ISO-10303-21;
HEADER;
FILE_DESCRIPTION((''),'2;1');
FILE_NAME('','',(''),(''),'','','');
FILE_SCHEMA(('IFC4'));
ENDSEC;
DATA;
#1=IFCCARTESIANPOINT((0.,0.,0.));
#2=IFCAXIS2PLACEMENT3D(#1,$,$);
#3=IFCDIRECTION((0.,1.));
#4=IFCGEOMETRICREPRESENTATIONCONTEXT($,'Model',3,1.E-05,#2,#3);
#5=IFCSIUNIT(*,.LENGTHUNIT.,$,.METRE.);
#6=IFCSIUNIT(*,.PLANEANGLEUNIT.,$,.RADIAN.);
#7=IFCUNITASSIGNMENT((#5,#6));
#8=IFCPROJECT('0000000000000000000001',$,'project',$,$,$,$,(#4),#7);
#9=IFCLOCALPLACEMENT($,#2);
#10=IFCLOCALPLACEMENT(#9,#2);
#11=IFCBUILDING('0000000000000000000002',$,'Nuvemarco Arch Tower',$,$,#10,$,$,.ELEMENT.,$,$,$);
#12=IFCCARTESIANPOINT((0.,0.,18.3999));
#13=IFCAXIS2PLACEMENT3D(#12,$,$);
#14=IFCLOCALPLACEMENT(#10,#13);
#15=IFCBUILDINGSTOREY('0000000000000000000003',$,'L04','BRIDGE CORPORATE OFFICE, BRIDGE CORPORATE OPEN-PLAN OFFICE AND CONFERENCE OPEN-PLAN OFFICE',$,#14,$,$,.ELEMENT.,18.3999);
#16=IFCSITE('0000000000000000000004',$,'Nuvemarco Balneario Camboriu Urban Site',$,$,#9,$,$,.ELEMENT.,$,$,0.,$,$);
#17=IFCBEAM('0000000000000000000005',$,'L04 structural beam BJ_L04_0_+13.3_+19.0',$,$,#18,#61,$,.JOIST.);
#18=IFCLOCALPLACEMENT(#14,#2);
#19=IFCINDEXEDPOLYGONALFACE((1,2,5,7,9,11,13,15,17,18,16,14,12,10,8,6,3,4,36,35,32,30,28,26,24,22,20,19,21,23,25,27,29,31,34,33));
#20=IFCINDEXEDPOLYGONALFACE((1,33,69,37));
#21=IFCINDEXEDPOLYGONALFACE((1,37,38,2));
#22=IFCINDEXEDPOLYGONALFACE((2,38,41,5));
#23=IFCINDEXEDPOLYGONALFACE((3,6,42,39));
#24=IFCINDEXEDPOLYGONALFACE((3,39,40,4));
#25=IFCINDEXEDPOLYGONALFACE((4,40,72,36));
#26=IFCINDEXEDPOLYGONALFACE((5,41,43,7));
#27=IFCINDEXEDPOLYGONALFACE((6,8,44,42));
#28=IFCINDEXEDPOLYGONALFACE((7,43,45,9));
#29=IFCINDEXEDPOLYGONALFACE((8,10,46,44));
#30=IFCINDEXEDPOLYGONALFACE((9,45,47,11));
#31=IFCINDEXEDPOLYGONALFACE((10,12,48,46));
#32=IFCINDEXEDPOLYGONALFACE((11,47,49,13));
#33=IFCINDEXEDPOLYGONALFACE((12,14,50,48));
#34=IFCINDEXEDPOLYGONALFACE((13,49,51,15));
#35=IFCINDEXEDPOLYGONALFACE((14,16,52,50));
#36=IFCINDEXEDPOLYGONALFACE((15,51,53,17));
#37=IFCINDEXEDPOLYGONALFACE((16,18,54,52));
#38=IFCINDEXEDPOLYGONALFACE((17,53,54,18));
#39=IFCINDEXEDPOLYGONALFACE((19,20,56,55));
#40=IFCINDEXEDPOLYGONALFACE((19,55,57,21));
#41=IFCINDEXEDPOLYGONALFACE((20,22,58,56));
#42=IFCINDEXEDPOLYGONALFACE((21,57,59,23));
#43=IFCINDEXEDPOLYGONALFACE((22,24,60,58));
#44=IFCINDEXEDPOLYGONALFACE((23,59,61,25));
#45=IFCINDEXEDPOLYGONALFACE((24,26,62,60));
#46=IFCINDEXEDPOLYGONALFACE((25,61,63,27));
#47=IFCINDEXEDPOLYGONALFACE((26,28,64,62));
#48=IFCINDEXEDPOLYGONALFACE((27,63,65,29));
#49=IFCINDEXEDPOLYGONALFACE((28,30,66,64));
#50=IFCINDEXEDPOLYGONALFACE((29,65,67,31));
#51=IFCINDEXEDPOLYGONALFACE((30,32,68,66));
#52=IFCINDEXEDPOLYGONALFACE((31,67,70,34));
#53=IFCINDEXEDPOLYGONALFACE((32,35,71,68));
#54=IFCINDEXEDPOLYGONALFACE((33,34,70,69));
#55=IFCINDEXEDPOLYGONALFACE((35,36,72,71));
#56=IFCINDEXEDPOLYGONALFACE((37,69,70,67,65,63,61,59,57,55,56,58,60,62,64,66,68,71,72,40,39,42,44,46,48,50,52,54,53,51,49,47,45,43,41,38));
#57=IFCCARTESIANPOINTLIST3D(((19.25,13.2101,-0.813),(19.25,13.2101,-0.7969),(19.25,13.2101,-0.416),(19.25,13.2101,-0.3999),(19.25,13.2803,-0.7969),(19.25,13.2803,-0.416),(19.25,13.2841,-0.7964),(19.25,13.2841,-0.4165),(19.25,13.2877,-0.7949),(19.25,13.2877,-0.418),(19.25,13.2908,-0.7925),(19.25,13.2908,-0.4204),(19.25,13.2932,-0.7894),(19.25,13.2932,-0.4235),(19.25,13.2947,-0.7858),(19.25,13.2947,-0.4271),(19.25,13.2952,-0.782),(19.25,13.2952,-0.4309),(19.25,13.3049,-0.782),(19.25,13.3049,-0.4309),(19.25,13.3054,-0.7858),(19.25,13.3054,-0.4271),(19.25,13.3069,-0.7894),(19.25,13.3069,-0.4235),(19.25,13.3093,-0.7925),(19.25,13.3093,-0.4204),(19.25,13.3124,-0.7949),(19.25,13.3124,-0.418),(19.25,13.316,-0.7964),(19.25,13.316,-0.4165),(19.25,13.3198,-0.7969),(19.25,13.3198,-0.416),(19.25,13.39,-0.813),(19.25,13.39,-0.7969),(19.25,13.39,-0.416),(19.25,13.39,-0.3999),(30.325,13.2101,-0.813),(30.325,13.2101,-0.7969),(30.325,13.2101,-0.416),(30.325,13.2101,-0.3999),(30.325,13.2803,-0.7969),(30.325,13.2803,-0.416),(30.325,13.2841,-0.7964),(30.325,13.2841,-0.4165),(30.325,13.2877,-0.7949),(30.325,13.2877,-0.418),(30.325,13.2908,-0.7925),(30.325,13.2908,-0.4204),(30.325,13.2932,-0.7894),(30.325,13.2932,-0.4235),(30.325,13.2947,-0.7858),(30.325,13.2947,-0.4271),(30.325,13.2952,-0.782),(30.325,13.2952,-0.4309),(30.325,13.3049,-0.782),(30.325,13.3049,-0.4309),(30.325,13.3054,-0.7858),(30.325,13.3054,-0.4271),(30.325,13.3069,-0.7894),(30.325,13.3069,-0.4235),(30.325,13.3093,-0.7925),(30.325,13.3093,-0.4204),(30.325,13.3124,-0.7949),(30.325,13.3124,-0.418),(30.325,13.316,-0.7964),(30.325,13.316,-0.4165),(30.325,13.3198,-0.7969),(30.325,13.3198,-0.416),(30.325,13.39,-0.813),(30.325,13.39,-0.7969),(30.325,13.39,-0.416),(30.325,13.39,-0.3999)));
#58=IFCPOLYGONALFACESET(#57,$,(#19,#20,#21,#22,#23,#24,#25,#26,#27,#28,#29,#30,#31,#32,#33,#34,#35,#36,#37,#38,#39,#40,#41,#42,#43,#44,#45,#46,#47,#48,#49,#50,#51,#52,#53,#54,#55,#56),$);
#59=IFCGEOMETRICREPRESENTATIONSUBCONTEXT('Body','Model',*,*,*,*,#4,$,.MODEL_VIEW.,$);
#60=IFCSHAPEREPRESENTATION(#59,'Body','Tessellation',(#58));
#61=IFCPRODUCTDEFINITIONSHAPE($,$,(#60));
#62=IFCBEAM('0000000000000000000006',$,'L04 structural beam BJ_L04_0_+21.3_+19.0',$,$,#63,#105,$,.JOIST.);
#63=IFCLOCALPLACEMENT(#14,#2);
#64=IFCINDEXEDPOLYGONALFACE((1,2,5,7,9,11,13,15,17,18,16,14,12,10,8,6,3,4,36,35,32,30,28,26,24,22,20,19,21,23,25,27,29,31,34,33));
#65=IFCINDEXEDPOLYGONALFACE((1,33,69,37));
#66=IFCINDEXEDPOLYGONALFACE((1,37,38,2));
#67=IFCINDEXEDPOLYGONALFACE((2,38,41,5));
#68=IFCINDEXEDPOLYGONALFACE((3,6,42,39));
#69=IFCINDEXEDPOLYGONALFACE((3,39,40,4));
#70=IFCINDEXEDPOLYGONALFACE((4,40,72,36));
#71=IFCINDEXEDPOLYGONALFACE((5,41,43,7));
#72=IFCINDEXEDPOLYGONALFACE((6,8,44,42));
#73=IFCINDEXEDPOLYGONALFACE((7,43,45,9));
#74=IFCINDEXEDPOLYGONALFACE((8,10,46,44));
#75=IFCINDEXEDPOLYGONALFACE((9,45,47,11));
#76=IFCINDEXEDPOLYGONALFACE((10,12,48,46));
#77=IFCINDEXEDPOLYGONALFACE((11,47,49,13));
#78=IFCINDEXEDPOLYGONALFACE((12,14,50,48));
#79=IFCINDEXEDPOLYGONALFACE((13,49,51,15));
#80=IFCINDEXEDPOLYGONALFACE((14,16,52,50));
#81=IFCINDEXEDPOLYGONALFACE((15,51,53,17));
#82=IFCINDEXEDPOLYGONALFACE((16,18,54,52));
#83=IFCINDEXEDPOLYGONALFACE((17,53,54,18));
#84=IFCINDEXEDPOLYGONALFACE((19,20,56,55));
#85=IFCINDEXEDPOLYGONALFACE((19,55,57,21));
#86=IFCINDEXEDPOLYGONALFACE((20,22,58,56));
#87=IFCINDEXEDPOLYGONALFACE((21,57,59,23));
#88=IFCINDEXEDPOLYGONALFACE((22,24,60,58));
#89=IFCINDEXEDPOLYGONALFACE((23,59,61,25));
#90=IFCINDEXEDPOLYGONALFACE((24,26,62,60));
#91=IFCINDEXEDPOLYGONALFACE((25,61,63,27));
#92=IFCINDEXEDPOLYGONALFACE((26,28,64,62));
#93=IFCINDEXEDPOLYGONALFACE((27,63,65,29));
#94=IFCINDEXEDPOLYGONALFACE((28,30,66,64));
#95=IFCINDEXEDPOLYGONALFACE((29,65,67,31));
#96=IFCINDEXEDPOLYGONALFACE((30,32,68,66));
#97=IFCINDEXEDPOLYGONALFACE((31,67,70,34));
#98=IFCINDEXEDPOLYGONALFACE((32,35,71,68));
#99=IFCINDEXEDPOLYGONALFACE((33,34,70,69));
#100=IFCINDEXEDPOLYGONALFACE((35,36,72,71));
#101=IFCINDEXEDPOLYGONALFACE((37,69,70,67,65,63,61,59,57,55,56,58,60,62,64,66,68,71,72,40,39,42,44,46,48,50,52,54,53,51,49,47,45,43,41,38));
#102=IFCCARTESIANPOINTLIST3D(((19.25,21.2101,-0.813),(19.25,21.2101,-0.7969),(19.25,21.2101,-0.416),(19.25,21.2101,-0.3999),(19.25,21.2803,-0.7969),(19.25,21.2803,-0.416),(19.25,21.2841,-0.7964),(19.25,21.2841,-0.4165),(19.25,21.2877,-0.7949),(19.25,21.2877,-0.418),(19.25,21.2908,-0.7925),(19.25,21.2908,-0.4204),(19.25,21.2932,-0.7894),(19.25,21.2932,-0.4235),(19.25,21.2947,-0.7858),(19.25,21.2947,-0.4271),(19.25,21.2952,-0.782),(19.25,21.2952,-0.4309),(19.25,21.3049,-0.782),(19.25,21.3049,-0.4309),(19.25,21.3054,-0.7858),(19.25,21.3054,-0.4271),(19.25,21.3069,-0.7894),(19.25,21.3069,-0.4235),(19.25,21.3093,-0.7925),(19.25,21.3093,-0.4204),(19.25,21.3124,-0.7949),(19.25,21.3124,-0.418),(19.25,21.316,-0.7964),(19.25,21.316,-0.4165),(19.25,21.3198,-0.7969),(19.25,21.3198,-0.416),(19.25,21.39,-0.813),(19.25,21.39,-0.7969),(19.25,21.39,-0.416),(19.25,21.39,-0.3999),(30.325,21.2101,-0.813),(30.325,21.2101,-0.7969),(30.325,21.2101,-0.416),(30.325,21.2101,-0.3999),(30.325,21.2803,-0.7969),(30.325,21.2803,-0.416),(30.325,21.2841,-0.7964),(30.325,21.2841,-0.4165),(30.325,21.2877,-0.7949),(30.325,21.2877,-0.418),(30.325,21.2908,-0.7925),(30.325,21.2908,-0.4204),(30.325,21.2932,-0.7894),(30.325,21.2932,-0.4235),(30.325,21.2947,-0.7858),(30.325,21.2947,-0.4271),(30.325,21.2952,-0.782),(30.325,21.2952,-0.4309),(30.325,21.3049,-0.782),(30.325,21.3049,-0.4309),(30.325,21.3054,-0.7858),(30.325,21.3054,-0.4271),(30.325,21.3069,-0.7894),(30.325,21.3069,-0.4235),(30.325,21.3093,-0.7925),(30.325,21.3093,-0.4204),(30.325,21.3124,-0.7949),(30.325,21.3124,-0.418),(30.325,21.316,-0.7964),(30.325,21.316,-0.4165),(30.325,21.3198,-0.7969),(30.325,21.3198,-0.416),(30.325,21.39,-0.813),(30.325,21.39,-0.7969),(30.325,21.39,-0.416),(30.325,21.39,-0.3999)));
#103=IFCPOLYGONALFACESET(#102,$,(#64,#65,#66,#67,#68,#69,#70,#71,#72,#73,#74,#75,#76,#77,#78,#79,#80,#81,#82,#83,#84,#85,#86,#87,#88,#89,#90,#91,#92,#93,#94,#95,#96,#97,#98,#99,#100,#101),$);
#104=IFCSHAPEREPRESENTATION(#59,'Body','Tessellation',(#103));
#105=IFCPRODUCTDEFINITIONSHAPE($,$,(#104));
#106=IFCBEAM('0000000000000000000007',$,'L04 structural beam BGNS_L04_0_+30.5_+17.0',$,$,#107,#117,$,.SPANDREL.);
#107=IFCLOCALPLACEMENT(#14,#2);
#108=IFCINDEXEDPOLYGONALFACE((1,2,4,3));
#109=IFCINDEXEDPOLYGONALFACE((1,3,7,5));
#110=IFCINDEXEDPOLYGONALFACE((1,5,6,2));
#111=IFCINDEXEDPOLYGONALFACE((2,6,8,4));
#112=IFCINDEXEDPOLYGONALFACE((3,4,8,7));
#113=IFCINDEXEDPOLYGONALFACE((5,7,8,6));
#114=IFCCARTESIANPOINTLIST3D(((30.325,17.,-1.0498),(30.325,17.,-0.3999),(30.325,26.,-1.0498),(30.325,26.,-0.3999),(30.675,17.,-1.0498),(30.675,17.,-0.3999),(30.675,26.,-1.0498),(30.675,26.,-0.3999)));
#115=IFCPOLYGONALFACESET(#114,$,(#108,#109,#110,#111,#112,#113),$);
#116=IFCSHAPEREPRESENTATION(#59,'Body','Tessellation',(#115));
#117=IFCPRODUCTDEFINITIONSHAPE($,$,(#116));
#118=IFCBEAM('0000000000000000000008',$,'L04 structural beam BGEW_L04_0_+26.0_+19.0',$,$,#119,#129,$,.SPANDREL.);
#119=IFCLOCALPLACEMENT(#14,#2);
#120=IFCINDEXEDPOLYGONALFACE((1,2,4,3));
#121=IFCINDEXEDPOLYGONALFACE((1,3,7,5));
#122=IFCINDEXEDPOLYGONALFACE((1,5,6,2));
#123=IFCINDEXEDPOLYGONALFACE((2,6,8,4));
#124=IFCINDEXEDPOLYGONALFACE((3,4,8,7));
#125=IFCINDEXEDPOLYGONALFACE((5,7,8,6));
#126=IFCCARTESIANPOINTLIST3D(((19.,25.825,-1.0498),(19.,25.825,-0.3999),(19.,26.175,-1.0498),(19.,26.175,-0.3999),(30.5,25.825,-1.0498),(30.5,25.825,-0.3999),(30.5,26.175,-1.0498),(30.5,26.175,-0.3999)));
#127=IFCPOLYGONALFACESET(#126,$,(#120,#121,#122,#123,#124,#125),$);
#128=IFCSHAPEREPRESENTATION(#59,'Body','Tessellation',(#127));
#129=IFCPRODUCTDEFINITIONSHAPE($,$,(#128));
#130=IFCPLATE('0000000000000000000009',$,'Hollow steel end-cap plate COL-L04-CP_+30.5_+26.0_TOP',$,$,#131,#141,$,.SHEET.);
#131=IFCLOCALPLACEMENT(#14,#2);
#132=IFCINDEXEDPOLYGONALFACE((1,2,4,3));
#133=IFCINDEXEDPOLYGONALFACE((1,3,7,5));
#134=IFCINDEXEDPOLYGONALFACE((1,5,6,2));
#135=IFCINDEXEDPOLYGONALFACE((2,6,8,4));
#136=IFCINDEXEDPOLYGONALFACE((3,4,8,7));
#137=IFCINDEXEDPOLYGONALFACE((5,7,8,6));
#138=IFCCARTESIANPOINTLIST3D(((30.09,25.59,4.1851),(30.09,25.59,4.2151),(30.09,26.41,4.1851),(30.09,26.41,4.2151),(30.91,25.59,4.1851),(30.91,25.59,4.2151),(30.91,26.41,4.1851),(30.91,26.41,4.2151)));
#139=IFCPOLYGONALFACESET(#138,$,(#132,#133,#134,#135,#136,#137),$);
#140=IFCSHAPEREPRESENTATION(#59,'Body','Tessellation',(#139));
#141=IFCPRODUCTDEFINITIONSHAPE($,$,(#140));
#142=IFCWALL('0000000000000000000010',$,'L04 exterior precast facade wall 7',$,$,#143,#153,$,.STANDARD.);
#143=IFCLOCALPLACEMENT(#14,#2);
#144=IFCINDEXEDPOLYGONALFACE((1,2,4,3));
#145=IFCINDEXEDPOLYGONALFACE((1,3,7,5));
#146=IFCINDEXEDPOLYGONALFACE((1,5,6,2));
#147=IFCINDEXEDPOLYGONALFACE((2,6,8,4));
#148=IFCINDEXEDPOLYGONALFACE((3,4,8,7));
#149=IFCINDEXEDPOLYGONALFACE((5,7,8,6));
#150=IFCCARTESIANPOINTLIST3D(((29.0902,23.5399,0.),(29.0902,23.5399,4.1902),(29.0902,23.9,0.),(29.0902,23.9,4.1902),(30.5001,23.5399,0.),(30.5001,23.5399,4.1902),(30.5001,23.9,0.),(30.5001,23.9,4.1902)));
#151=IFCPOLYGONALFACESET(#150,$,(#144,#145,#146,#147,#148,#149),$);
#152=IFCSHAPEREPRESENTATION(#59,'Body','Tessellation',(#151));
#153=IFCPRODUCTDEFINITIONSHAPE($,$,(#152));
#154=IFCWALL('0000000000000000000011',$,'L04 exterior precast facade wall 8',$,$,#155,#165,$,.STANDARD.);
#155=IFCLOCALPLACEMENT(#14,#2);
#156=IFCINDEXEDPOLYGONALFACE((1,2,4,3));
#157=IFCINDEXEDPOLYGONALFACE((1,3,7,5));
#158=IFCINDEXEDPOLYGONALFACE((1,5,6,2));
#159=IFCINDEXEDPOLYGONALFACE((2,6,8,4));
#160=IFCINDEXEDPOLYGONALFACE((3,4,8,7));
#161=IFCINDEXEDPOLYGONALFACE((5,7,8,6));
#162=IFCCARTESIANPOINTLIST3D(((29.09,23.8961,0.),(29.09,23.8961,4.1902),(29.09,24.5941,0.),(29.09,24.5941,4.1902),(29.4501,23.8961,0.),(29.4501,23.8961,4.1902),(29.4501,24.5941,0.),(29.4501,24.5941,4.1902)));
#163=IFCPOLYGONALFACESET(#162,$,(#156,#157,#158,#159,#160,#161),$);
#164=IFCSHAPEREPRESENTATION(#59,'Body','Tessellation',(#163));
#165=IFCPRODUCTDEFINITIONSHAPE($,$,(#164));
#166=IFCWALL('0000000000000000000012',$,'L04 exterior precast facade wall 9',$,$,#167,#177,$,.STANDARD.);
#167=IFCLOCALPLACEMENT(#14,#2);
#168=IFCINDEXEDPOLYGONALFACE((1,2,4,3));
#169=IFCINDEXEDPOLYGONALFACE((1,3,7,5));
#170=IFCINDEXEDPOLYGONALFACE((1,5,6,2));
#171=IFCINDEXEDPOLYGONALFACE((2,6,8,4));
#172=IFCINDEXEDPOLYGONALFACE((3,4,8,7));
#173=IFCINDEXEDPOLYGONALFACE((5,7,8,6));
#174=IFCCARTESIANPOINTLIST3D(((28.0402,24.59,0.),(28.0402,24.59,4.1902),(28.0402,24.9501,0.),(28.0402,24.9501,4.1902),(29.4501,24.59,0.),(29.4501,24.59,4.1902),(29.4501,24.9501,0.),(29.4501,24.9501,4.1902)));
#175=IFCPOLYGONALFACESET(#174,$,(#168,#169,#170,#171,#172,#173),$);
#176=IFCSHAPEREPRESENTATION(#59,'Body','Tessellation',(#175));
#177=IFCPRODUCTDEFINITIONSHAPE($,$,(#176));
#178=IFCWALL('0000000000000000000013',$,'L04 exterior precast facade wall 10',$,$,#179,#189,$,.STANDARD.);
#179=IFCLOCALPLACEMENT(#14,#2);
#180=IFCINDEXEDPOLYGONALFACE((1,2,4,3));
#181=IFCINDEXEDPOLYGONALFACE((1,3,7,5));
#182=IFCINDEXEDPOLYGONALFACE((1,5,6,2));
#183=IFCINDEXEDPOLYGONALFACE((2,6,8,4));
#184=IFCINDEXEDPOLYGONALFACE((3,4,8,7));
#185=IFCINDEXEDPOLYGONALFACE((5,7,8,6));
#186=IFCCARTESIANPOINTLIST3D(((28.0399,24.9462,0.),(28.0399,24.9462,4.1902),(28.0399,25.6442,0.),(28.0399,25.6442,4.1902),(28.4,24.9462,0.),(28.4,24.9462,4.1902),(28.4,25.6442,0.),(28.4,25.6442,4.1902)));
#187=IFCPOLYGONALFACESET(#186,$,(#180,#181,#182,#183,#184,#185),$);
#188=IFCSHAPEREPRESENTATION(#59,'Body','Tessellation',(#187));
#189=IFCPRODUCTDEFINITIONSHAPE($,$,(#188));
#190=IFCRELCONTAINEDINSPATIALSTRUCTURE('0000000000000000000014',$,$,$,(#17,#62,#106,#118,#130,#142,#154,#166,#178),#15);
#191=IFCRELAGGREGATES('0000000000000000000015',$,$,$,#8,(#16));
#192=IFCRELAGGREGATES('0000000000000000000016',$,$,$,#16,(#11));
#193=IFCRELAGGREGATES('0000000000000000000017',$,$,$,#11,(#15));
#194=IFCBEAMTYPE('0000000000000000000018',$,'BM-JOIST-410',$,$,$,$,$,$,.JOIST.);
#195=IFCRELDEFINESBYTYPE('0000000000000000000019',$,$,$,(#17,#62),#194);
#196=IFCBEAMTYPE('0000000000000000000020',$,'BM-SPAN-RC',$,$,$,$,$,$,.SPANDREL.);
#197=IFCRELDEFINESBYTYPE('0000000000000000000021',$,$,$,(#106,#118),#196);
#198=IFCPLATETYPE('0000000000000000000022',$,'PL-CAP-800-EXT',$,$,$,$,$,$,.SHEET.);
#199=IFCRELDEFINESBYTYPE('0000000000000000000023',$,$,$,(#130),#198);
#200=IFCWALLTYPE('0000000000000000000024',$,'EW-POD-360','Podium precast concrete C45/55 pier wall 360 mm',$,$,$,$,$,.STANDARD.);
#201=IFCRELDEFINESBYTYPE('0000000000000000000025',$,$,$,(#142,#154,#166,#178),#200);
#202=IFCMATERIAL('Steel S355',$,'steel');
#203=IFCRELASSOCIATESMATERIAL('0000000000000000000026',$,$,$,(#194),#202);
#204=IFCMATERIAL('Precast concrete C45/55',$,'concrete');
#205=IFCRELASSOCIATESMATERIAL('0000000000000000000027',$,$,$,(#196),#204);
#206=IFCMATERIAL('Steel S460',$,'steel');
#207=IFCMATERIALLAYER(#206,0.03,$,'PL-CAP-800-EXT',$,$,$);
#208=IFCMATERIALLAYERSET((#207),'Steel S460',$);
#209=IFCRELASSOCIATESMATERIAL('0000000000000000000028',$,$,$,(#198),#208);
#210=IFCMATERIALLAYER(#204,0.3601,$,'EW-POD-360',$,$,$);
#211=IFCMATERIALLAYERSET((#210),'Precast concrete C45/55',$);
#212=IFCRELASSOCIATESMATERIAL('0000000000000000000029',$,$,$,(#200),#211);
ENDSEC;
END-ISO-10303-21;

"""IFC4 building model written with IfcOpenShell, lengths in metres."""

from ifc_helpers import new_model, si_unit, direction, frame, frame_2d, origin, origin_2d, place, context, subcontext, project, spatial, rectangle, i_section, extrude, source, transform, mapped, material, layer, layer_set, material_profile, profile_set, type_object, type_shapes, element, save


model = new_model("IFC4")

# Units and contexts
model_context = context("Model", 3, precision=1e-05, world=origin(), true_north=direction((0.0, 1.0)))
body_context = subcontext(model_context, "Body", "Model", "MODEL_VIEW")
ifc_project = project(units=[si_unit("LENGTHUNIT", "METRE"), si_unit("PLANEANGLEUNIT", "RADIAN")], contexts=[model_context])

# Site, building, storey
site_placement = place(None, origin())
site = spatial("IfcSite", under=ifc_project, at=site_placement, Name="Nuvemarco Balneario Camboriu Urban Site", CompositionType="ELEMENT", RefElevation=0.0)
building_placement = place(site_placement, origin())
building = spatial("IfcBuilding", under=site, at=building_placement, Name="Nuvemarco Arch Tower", CompositionType="ELEMENT")
storey_placement = place(building_placement, frame((0.0, 0.0, 18.3999)))
storey = spatial("IfcBuildingStorey", under=building, at=storey_placement, Name="L04", Description="BRIDGE CORPORATE OFFICE, BRIDGE CORPORATE OPEN-PLAN OFFICE AND CONFERENCE OPEN-PLAN OFFICE", CompositionType="ELEMENT", Elevation=18.3999)

# Shared definitions
ifc_material_1 = material(Name="Steel S460", Category="steel")

# Beams
ifc_material_2 = material(Name="Steel S355", Category="steel")
ifc_material_profile_1 = material_profile(ifc_material_2, i_section(OverallWidth=0.1799, OverallDepth=0.4131, WebThickness=0.0098, FlangeThickness=0.0161, FilletRadius=0.0149, at=origin_2d()), Name="W410x75")
ifc_profile_set_1 = profile_set([ifc_material_profile_1], Name="Steel S355")
beam_type_1 = type_object("IfcBeamType", Name="BM-JOIST-410", PredefinedType="JOIST", material=ifc_profile_set_1)
for number, where, z_axis, x_axis, name in (
    (1, (19.25, 13.3, -0.6064), (1.0, 0.0, 0.0), (0.0, 1.0, 0.0), "L04 structural beam BJ_L04_0_+13.3_+19.0"),
    (2, (19.25, 21.3, -0.6064), (1.0, 0.0, 0.0), (0.0, 1.0, 0.0), "L04 structural beam BJ_L04_0_+21.3_+19.0"),
):
    element("IfcBeam", number, at=place(storey_placement, frame(where, z_axis=z_axis, x_axis=x_axis)), inside=storey, type_object=beam_type_1, Name=name, PredefinedType="JOIST", context=body_context, shape_type="SweptSolid", body=[
        extrude(i_section(OverallWidth=0.1799, OverallDepth=0.4131, WebThickness=0.0098, FlangeThickness=0.0161, FilletRadius=0.0149, at=origin_2d()), origin(), (0.0, 0.0, 1.0), 11.075),
    ])
ifc_material_3 = material(Name="Precast concrete C45/55", Category="concrete")
ifc_material_profile_2 = material_profile(ifc_material_3, rectangle(XDim=0.3501, YDim=0.6499, at=origin_2d()), Name="PC-SP-350x650")
ifc_profile_set_2 = profile_set([ifc_material_profile_2], Name="Precast concrete C45/55")
beam_type_2 = type_object("IfcBeamType", Name="BM-SPAN-RC", PredefinedType="SPANDREL", material=ifc_profile_set_2)
beam_1_placement = place(storey_placement, frame((30.5, 17.0, -0.7249), z_axis=(0.0, 1.0, 0.0), x_axis=(-1.0, 0.0, 0.0)))
element("IfcBeam", 3, at=beam_1_placement, inside=storey, type_object=beam_type_2, Name="L04 structural beam BGNS_L04_0_+30.5_+17.0", PredefinedType="SPANDREL", context=body_context, shape_type="SweptSolid", body=[
    extrude(rectangle(XDim=0.3501, YDim=0.6499, at=origin_2d()), origin(), (0.0, 0.0, 1.0), 9.0),
])
beam_2_placement = place(storey_placement, frame((19.0, 26.0, -0.7249), z_axis=(1.0, 0.0, 0.0), x_axis=(0.0, 1.0, 0.0)))
element("IfcBeam", 4, at=beam_2_placement, inside=storey, type_object=beam_type_2, Name="L04 structural beam BGEW_L04_0_+26.0_+19.0", PredefinedType="SPANDREL", context=body_context, shape_type="SweptSolid", body=[
    extrude(rectangle(XDim=0.3501, YDim=0.6499, at=origin_2d()), origin(), (0.0, 0.0, 1.0), 11.5),
])

# Plate
ifc_layer_1 = layer(ifc_material_1, 0.03, Name="PL-CAP-800-EXT")
ifc_layer_set_1 = layer_set([ifc_layer_1], Name="Steel S460")
plate_type = type_object("IfcPlateType", Name="PL-CAP-800-EXT", PredefinedType="SHEET", material=ifc_layer_set_1)
shared_shape_1 = source(origin(), body_context, "Body", "SweptSolid", [
    extrude(rectangle(XDim=0.8201, YDim=0.8201, at=origin_2d()), origin(), (0.0, 0.0, 1.0), 0.03),
])
type_shapes(plate_type, [shared_shape_1])
plate_placement = place(storey_placement, frame((30.5, 26.0, 4.1851), z_axis=(0.0, 0.0, 1.0), x_axis=(1.0, 0.0, 0.0)))
element("IfcPlate", 5, at=plate_placement, inside=storey, type_object=plate_type, Name="Hollow steel end-cap plate COL-L04-CP_+30.5_+26.0_TOP", PredefinedType="SHEET", context=body_context, shape_type="MappedRepresentation", body=[
    mapped(shared_shape_1, transform((0.0, 0.0, 0.0), scale=1.0)),
])

# Walls
ifc_layer_2 = layer(ifc_material_3, 0.3601, Name="EW-POD-360")
ifc_layer_set_2 = layer_set([ifc_layer_2], Name="Precast concrete C45/55")
wall_type_1 = type_object("IfcWallType", Name="EW-POD-360", Description="Podium precast concrete C45/55 pier wall 360 mm", PredefinedType="STANDARD", material=ifc_layer_set_2)
wall_1_placement = place(storey_placement, frame((29.0901, 23.72, 0.0), z_axis=(0.0, 0.0, 1.0), x_axis=(1.0, 0.0, 0.0)))
element("IfcWall", 6, at=wall_1_placement, inside=storey, type_object=wall_type_1, Name="L04 exterior precast facade wall 7", PredefinedType="STANDARD", context=body_context, shape_type="SweptSolid", body=[
    extrude(rectangle(XDim=1.4099, YDim=0.3601, at=frame_2d((0.7051, 0.0))), origin(), (0.0, 0.0, 1.0), 4.1902),
])
wall_2_placement = place(storey_placement, frame((29.27, 23.896, 0.0), z_axis=(0.0, 0.0, 1.0), x_axis=(0.0, 1.0, 0.0)))
element("IfcWall", 7, at=wall_2_placement, inside=storey, type_object=wall_type_1, Name="L04 exterior precast facade wall 8", PredefinedType="STANDARD", context=body_context, shape_type="SweptSolid", body=[
    extrude(rectangle(XDim=0.698, YDim=0.3601, at=frame_2d((0.3491, 0.0))), origin(), (0.0, 0.0, 1.0), 4.1902),
])
wall_3_placement = place(storey_placement, frame((28.04, 24.77, 0.0), z_axis=(0.0, 0.0, 1.0), x_axis=(1.0, 0.0, 0.0)))
element("IfcWall", 8, at=wall_3_placement, inside=storey, type_object=wall_type_1, Name="L04 exterior precast facade wall 9", PredefinedType="STANDARD", context=body_context, shape_type="SweptSolid", body=[
    extrude(rectangle(XDim=1.4099, YDim=0.3601, at=frame_2d((0.7051, 0.0))), origin(), (0.0, 0.0, 1.0), 4.1902),
])
wall_4_placement = place(storey_placement, frame((28.22, 24.946, 0.0), z_axis=(0.0, 0.0, 1.0), x_axis=(0.0, 1.0, 0.0)))
element("IfcWall", 9, at=wall_4_placement, inside=storey, type_object=wall_type_1, Name="L04 exterior precast facade wall 10", PredefinedType="STANDARD", context=body_context, shape_type="SweptSolid", body=[
    extrude(rectangle(XDim=0.698, YDim=0.3601, at=frame_2d((0.3491, 0.0))), origin(), (0.0, 0.0, 1.0), 4.1902),
])

save(model, "model.ifc")
